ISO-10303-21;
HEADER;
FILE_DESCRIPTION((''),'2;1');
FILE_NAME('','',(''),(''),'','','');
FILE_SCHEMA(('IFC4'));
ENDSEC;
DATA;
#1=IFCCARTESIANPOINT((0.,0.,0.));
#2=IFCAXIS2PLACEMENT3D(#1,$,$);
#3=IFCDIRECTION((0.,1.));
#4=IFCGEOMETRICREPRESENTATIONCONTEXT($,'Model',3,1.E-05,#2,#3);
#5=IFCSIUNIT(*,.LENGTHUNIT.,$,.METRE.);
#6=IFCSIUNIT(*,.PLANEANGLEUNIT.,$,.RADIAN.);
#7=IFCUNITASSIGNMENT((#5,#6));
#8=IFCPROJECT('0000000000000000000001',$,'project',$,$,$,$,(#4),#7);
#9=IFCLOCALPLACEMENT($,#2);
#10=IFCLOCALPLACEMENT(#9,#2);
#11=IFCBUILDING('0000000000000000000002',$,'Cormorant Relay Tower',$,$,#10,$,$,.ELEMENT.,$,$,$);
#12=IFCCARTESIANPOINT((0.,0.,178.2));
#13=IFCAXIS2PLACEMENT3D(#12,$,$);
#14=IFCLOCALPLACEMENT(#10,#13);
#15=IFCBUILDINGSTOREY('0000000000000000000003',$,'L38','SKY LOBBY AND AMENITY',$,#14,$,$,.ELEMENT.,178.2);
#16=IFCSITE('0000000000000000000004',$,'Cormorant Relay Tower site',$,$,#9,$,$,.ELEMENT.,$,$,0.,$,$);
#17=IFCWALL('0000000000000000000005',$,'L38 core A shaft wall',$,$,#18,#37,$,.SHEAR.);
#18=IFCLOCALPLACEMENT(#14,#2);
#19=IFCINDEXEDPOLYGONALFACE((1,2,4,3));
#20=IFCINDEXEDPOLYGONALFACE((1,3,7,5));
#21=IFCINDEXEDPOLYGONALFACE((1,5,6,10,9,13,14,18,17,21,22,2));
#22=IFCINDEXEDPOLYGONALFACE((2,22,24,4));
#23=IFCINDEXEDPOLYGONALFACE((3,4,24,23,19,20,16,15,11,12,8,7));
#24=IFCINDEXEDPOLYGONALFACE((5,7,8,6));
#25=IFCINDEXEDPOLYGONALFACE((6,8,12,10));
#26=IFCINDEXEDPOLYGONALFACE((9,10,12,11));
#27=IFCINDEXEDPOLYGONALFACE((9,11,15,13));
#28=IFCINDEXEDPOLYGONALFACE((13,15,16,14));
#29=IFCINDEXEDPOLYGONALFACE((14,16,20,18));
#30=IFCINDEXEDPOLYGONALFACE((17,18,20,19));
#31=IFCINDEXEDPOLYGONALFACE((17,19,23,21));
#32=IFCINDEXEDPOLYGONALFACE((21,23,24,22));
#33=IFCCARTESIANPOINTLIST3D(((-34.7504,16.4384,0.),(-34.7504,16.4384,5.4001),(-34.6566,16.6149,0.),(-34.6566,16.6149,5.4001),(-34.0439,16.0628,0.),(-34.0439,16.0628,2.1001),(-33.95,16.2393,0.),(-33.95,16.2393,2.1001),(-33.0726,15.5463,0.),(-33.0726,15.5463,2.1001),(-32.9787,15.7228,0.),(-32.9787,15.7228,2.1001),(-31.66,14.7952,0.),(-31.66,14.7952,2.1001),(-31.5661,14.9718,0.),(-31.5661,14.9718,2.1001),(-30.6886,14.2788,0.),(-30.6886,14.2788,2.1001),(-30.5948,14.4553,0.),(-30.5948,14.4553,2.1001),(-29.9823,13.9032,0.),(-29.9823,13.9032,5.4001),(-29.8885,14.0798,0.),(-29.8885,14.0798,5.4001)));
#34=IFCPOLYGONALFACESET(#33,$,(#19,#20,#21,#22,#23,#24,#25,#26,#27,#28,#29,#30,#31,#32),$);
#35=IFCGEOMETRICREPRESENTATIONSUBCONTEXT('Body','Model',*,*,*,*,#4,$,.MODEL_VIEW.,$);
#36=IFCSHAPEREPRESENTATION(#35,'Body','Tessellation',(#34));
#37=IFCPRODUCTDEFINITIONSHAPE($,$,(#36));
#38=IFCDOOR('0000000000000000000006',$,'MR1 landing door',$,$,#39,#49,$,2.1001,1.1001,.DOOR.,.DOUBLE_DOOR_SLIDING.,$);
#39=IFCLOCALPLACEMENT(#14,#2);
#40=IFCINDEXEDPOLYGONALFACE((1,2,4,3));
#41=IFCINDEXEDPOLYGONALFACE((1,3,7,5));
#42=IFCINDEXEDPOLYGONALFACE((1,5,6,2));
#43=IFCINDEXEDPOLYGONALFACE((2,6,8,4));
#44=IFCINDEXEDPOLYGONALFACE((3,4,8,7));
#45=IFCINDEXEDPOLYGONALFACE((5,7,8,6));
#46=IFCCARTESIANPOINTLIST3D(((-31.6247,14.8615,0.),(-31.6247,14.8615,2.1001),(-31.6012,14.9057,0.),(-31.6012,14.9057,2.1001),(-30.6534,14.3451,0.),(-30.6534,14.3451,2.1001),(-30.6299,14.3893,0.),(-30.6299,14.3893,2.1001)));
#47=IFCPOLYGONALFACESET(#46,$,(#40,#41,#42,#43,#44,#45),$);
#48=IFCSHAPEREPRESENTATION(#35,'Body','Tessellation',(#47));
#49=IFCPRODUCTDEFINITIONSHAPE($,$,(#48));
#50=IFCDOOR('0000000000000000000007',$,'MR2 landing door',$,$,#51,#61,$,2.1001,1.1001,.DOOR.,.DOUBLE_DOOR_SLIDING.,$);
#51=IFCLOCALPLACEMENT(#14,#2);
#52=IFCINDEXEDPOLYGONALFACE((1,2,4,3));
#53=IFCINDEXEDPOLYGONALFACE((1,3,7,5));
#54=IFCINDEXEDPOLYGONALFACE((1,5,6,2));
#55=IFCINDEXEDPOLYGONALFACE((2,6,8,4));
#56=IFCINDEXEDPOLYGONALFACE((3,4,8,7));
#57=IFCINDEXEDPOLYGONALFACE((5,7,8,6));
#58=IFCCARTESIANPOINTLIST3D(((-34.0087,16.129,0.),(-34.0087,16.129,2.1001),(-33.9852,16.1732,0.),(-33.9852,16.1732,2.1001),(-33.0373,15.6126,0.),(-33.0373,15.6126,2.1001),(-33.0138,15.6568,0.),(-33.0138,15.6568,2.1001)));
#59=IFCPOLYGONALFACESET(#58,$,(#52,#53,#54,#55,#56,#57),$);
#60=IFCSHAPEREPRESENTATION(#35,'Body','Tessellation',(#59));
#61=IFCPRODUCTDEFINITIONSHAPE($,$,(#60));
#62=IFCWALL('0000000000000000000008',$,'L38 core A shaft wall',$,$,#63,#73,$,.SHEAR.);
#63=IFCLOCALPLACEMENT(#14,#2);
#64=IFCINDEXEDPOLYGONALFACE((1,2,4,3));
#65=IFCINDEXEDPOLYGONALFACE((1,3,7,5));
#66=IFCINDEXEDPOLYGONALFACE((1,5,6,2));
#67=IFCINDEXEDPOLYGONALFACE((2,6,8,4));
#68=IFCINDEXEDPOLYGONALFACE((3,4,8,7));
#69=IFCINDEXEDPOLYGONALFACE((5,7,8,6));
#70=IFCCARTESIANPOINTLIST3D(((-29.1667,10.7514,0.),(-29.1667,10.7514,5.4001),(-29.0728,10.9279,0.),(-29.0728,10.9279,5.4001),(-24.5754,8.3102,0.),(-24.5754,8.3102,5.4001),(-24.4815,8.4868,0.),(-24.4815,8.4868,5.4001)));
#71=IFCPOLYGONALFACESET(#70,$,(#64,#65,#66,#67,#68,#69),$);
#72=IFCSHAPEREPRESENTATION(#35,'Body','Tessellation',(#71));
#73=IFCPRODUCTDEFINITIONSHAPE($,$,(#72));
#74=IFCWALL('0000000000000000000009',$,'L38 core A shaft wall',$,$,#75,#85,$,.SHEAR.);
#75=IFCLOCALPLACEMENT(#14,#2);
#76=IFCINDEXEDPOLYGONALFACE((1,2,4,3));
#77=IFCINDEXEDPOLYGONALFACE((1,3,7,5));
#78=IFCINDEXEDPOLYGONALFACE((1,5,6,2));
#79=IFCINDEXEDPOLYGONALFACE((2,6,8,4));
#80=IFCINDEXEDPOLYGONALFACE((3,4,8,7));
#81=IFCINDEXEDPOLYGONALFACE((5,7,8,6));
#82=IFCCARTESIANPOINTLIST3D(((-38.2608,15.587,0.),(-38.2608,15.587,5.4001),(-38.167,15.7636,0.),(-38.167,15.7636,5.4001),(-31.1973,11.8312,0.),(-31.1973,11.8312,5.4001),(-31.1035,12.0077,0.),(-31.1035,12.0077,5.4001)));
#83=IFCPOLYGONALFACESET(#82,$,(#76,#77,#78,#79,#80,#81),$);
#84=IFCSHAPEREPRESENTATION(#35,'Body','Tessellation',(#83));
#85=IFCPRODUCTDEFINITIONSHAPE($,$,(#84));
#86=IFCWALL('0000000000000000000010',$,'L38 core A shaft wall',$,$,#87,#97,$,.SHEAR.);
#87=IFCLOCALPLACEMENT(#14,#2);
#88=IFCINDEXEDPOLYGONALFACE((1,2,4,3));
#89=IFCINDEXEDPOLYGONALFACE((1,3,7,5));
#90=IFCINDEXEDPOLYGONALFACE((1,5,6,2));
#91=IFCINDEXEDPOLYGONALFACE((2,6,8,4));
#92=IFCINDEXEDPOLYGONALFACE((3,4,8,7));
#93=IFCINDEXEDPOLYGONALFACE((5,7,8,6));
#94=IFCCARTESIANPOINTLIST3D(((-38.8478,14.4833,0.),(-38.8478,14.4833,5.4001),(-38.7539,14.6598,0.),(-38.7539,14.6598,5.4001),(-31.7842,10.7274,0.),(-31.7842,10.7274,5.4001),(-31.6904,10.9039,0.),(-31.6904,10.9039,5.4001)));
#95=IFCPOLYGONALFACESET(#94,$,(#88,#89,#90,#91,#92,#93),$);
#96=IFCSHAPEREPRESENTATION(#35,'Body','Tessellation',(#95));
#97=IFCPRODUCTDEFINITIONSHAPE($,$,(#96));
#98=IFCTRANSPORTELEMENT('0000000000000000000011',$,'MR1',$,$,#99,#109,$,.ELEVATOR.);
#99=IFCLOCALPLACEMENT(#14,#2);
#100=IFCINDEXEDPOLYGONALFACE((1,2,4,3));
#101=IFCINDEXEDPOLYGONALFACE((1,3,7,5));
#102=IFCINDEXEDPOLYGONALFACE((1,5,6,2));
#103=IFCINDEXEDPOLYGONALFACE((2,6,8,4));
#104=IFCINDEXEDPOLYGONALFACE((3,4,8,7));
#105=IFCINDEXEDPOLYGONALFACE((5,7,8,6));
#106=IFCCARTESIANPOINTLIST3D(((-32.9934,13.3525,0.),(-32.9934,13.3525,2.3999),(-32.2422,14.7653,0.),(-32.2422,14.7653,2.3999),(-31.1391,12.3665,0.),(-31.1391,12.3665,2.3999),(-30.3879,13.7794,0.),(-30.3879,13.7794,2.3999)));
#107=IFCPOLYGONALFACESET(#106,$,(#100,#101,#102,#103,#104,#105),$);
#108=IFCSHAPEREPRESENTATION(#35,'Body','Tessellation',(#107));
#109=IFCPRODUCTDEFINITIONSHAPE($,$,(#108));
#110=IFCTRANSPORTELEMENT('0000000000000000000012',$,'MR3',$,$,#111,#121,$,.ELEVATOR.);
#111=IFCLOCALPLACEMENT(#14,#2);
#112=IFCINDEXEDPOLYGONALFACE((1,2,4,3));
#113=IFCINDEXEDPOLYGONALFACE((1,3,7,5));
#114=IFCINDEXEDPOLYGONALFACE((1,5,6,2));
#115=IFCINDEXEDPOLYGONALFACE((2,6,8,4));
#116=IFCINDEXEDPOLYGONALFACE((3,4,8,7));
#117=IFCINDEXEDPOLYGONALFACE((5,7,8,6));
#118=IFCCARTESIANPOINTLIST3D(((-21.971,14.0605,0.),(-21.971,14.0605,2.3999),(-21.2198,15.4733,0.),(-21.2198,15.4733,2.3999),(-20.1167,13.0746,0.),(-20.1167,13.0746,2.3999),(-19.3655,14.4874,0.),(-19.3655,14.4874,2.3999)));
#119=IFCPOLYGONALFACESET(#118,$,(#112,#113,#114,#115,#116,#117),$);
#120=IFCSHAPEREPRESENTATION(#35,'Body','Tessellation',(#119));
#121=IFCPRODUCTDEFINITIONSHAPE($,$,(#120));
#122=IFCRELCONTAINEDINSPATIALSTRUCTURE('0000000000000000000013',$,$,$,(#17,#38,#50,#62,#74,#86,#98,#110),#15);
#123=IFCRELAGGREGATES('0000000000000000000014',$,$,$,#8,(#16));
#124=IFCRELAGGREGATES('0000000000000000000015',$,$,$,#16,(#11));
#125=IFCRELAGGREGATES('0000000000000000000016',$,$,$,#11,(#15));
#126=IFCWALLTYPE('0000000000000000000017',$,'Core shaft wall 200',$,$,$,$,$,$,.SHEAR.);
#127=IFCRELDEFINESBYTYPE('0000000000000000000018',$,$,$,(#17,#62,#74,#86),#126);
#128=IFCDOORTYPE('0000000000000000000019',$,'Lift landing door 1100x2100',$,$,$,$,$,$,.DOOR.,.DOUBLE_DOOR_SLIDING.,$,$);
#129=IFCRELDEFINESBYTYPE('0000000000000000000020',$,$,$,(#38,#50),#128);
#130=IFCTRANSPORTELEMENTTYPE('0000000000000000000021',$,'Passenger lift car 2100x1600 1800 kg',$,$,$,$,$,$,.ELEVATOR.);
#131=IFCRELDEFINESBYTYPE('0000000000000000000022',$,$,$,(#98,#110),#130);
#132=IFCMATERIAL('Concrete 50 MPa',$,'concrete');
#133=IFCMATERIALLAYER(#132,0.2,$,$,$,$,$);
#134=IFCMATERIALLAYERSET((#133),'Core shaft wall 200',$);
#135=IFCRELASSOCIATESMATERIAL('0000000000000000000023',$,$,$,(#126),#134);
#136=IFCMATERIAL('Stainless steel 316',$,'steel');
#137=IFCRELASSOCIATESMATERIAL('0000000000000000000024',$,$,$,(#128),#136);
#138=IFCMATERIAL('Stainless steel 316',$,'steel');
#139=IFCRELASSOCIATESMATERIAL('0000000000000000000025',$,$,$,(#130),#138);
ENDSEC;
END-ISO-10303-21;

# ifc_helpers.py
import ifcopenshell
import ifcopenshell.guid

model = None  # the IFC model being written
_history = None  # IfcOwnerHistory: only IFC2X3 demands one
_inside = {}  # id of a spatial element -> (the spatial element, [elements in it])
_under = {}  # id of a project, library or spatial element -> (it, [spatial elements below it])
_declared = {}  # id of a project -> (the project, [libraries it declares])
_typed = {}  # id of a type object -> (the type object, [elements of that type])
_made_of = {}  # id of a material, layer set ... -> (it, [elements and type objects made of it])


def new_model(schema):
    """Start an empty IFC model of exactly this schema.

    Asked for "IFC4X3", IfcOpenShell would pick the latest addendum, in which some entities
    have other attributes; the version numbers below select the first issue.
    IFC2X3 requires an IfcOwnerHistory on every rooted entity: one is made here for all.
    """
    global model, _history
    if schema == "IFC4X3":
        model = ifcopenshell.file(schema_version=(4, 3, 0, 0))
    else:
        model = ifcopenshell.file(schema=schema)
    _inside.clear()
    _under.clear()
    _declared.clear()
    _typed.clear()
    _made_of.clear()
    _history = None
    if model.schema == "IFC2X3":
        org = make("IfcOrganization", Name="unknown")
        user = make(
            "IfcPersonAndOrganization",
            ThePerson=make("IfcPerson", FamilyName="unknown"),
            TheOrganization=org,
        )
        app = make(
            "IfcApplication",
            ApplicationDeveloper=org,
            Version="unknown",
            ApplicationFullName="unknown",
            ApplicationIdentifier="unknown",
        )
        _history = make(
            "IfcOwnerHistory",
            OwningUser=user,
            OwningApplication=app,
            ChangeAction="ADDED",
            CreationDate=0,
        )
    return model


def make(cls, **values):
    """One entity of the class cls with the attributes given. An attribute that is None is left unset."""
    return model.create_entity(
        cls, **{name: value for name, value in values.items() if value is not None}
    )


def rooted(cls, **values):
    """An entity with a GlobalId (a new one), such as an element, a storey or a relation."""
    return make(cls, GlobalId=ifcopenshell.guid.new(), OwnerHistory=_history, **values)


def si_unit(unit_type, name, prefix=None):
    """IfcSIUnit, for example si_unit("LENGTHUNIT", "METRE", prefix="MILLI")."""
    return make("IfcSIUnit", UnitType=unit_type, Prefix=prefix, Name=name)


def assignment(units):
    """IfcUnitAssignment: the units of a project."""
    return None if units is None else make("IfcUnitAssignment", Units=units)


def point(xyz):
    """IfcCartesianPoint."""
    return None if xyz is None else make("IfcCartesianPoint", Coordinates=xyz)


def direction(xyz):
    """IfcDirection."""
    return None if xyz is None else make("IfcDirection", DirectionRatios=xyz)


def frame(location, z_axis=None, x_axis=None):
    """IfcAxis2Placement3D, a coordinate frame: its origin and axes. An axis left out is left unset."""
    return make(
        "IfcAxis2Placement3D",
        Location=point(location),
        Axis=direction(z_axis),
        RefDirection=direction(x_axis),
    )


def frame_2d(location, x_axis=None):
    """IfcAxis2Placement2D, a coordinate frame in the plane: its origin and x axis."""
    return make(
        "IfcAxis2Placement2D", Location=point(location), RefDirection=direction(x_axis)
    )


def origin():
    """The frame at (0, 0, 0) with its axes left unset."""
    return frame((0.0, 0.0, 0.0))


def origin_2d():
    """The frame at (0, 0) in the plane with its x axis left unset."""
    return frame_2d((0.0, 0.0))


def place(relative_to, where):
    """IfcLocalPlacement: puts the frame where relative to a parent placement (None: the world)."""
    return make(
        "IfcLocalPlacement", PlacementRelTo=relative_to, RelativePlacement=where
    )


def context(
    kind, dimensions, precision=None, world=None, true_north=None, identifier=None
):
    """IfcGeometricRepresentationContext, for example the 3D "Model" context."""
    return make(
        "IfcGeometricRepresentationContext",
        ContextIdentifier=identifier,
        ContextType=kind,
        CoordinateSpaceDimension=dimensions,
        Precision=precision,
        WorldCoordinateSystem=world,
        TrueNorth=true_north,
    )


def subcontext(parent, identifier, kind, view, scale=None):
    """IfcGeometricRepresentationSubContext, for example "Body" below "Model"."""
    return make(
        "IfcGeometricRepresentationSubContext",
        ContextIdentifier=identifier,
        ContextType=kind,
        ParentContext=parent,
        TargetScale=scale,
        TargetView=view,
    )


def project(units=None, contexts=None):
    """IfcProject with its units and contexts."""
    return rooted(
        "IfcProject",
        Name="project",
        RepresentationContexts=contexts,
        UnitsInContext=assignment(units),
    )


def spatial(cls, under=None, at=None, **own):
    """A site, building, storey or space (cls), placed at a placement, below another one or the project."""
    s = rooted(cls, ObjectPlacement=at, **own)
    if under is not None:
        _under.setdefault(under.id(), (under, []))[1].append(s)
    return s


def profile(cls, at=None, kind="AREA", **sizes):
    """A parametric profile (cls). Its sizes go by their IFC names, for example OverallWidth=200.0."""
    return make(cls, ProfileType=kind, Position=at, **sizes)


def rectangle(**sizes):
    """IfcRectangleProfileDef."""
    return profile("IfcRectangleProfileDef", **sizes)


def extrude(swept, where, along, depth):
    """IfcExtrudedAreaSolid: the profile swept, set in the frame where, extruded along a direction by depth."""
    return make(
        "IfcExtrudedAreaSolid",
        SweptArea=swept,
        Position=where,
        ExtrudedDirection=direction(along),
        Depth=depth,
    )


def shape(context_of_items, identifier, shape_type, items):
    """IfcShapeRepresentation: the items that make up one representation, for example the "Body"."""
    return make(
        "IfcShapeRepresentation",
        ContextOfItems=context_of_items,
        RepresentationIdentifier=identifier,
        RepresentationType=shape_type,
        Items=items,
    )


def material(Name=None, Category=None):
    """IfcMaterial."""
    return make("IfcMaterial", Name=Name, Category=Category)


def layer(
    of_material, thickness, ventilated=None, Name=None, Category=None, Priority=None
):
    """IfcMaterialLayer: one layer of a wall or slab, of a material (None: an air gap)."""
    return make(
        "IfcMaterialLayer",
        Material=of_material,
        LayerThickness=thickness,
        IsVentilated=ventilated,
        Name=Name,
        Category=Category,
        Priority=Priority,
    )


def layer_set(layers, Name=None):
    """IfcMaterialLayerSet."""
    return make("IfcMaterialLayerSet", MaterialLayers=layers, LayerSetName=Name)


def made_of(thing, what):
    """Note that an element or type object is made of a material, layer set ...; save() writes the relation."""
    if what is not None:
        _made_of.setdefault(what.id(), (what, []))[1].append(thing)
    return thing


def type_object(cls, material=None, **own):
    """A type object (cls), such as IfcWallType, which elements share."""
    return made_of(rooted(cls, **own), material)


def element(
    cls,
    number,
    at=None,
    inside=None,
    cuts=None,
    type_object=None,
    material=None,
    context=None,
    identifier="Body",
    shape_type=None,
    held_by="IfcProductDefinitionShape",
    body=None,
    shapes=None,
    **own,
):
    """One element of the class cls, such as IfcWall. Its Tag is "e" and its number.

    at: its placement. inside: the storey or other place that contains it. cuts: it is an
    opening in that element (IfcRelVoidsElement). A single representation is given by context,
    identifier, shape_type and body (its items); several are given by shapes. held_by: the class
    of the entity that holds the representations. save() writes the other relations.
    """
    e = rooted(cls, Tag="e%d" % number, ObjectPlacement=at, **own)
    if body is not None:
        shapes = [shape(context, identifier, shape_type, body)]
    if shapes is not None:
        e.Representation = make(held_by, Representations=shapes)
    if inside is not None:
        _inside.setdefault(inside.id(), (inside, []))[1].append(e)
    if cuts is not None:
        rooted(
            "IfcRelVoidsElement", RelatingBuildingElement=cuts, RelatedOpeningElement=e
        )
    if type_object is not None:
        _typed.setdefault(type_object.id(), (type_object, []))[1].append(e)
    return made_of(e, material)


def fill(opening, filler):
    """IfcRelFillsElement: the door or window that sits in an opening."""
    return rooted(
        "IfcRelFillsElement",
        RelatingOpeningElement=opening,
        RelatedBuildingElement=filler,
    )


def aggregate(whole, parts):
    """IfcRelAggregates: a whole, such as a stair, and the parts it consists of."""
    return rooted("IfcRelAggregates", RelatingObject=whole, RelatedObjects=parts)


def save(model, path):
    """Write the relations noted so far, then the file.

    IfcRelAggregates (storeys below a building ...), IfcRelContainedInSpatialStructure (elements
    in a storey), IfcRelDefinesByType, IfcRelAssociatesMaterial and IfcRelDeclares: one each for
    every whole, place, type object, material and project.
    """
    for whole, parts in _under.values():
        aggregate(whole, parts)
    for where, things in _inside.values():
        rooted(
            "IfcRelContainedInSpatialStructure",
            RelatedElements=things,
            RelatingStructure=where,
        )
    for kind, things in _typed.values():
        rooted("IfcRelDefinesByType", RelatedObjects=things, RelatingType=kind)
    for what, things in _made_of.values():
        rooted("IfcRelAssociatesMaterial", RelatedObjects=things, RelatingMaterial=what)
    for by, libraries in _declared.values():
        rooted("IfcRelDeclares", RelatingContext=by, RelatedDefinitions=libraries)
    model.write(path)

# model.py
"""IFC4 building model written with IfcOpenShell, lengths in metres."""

from ifc_helpers import new_model, si_unit, direction, frame, frame_2d, origin, origin_2d, place, context, subcontext, project, spatial, rectangle, extrude, material, layer, layer_set, type_object, element, fill, save


model = new_model("IFC4")

# Units and contexts
model_context = context("Model", 3, precision=1e-05, world=origin(), true_north=direction((0.0, 1.0)))
body_context = subcontext(model_context, "Body", "Model", "MODEL_VIEW")
ifc_project = project(units=[si_unit("LENGTHUNIT", "METRE"), si_unit("PLANEANGLEUNIT", "RADIAN")], contexts=[model_context])

# Site, building, storey
site_placement = place(None, origin())
site = spatial("IfcSite", under=ifc_project, at=site_placement, Name="Cormorant Relay Tower site", CompositionType="ELEMENT", RefElevation=0.0)
building_placement = place(site_placement, origin())
building = spatial("IfcBuilding", under=site, at=building_placement, Name="Cormorant Relay Tower", CompositionType="ELEMENT")
storey_placement = place(building_placement, frame((0.0, 0.0, 178.2)))
storey = spatial("IfcBuildingStorey", under=building, at=storey_placement, Name="L38", Description="SKY LOBBY AND AMENITY", CompositionType="ELEMENT", Elevation=178.2)

# Shared definitions
ifc_material_1 = material(Name="Concrete 50 MPa", Category="concrete")
ifc_layer_1 = layer(ifc_material_1, 0.2)
ifc_layer_set_1 = layer_set([ifc_layer_1], Name="Core shaft wall 200")
wall_type_1 = type_object("IfcWallType", Name="Core shaft wall 200", PredefinedType="SHEAR", material=ifc_layer_set_1)

# Wall, openings, doors
ifc_material_2 = material(Name="Stainless steel 316", Category="steel")
door_type_1 = type_object("IfcDoorType", Name="Lift landing door 1100x2100", OperationType="DOUBLE_DOOR_SLIDING", PredefinedType="DOOR", material=ifc_material_2)
wall_1_placement = place(storey_placement, frame((-29.9353, 13.9915, 0.0), z_axis=(0.0, 0.0, 1.0), x_axis=(-0.882953, 0.469462, 0.0)))
wall_1 = element("IfcWall", 1, at=wall_1_placement, inside=storey, type_object=wall_type_1, Name="L38 core A shaft wall", PredefinedType="SHEAR", context=body_context, shape_type="SweptSolid", body=[
    extrude(rectangle(XDim=5.4001, YDim=0.2, at=frame_2d((2.7002, 0.0))), origin(), (0.0, 0.0, 1.0), 5.4001),
])
opening_1_placement = place(wall_1_placement, frame((0.8, 0.0, 0.0)))
opening_1 = element("IfcOpeningElement", 2, at=opening_1_placement, cuts=wall_1, PredefinedType="OPENING", context=body_context, shape_type="SweptSolid", body=[
    extrude(rectangle(XDim=1.1001, YDim=2.1001, at=frame_2d((0.55, 1.05))), frame((0.0, 0.1099, 0.0), z_axis=(0.0, -1.0, 0.0), x_axis=(1.0, 0.0, 0.0)), (0.0, 0.0, 1.0), 0.22),
])
opening_2_placement = place(wall_1_placement, frame((3.5, 0.0, 0.0)))
opening_2 = element("IfcOpeningElement", 3, at=opening_2_placement, cuts=wall_1, PredefinedType="OPENING", context=body_context, shape_type="SweptSolid", body=[
    extrude(rectangle(XDim=1.1001, YDim=2.1001, at=frame_2d((0.55, 1.05))), frame((0.0, 0.1099, 0.0), z_axis=(0.0, -1.0, 0.0), x_axis=(1.0, 0.0, 0.0)), (0.0, 0.0, 1.0), 0.22),
])
door_1_placement = place(opening_1_placement, origin())
door_1 = element("IfcDoor", 4, at=door_1_placement, inside=storey, type_object=door_type_1, Name="MR1 landing door", OperationType="DOUBLE_DOOR_SLIDING", OverallHeight=2.1001, OverallWidth=1.1001, PredefinedType="DOOR", context=body_context, shape_type="SweptSolid", body=[
    extrude(rectangle(XDim=1.1001, YDim=2.1001, at=frame_2d((0.55, 1.05))), frame((0.0, 0.0249, 0.0), z_axis=(0.0, -1.0, 0.0), x_axis=(1.0, 0.0, 0.0)), (0.0, 0.0, 1.0), 0.05),
])
fill(opening_1, door_1)
door_2_placement = place(opening_2_placement, origin())
door_2 = element("IfcDoor", 5, at=door_2_placement, inside=storey, type_object=door_type_1, Name="MR2 landing door", OperationType="DOUBLE_DOOR_SLIDING", OverallHeight=2.1001, OverallWidth=1.1001, PredefinedType="DOOR", context=body_context, shape_type="SweptSolid", body=[
    extrude(rectangle(XDim=1.1001, YDim=2.1001, at=frame_2d((0.55, 1.05))), frame((0.0, 0.0249, 0.0), z_axis=(0.0, -1.0, 0.0), x_axis=(1.0, 0.0, 0.0)), (0.0, 0.0, 1.0), 0.05),
])
fill(opening_2, door_2)

# Walls
wall_2_placement = place(storey_placement, frame((-24.5283, 8.3984, 0.0), z_axis=(0.0, 0.0, 1.0), x_axis=(-0.882954, 0.46946, 0.0)))
element("IfcWall", 6, at=wall_2_placement, inside=storey, type_object=wall_type_1, Name="L38 core A shaft wall", PredefinedType="SHEAR", context=body_context, shape_type="SweptSolid", body=[
    extrude(rectangle(XDim=5.2, YDim=0.2, at=frame_2d((2.6001, 0.0))), origin(), (0.0, 0.0, 1.0), 5.4001),
])
for number, where, z_axis, x_axis, name in (
    (7, (-31.1504, 11.9194, 0.0), (0.0, 0.0, 1.0), (-0.88294, 0.469485, 0.0), "L38 core A shaft wall"),
    (8, (-31.7373, 10.8157, 0.0), (0.0, 0.0, 1.0), (-0.88294, 0.469485, 0.0), "L38 core A shaft wall"),
):
    element("IfcWall", number, at=place(storey_placement, frame(where, z_axis=z_axis, x_axis=x_axis)), inside=storey, type_object=wall_type_1, Name=name, PredefinedType="SHEAR", context=body_context, shape_type="SweptSolid", body=[
        extrude(rectangle(XDim=8.0, YDim=0.2, at=frame_2d((4.0, 0.0))), origin(), (0.0, 0.0, 1.0), 5.4001),
    ])

# Transport elements
ifc_material_3 = material(Name="Stainless steel 316", Category="steel")
transport_element_type = type_object("IfcTransportElementType", Name="Passenger lift car 2100x1600 1800 kg", PredefinedType="ELEVATOR", material=ifc_material_3)
for number, where, z_axis, x_axis, name in (
    (9, (-31.6907, 13.5659, 0.0), (0.0, 0.0, 1.0), (-0.882948, 0.469472, 0.0), "MR1"),
    (10, (-20.6682, 14.2739, 0.0), (0.0, 0.0, 1.0), (-0.882948, 0.469472, 0.0), "MR3"),
):
    element("IfcTransportElement", number, at=place(storey_placement, frame(where, z_axis=z_axis, x_axis=x_axis)), inside=storey, type_object=transport_element_type, Name=name, PredefinedType="ELEVATOR", context=body_context, shape_type="SweptSolid", body=[
        extrude(rectangle(XDim=2.1001, YDim=1.6001, at=origin_2d()), origin(), (0.0, 0.0, 1.0), 2.3999),
    ])

save(model, "model.ifc")
